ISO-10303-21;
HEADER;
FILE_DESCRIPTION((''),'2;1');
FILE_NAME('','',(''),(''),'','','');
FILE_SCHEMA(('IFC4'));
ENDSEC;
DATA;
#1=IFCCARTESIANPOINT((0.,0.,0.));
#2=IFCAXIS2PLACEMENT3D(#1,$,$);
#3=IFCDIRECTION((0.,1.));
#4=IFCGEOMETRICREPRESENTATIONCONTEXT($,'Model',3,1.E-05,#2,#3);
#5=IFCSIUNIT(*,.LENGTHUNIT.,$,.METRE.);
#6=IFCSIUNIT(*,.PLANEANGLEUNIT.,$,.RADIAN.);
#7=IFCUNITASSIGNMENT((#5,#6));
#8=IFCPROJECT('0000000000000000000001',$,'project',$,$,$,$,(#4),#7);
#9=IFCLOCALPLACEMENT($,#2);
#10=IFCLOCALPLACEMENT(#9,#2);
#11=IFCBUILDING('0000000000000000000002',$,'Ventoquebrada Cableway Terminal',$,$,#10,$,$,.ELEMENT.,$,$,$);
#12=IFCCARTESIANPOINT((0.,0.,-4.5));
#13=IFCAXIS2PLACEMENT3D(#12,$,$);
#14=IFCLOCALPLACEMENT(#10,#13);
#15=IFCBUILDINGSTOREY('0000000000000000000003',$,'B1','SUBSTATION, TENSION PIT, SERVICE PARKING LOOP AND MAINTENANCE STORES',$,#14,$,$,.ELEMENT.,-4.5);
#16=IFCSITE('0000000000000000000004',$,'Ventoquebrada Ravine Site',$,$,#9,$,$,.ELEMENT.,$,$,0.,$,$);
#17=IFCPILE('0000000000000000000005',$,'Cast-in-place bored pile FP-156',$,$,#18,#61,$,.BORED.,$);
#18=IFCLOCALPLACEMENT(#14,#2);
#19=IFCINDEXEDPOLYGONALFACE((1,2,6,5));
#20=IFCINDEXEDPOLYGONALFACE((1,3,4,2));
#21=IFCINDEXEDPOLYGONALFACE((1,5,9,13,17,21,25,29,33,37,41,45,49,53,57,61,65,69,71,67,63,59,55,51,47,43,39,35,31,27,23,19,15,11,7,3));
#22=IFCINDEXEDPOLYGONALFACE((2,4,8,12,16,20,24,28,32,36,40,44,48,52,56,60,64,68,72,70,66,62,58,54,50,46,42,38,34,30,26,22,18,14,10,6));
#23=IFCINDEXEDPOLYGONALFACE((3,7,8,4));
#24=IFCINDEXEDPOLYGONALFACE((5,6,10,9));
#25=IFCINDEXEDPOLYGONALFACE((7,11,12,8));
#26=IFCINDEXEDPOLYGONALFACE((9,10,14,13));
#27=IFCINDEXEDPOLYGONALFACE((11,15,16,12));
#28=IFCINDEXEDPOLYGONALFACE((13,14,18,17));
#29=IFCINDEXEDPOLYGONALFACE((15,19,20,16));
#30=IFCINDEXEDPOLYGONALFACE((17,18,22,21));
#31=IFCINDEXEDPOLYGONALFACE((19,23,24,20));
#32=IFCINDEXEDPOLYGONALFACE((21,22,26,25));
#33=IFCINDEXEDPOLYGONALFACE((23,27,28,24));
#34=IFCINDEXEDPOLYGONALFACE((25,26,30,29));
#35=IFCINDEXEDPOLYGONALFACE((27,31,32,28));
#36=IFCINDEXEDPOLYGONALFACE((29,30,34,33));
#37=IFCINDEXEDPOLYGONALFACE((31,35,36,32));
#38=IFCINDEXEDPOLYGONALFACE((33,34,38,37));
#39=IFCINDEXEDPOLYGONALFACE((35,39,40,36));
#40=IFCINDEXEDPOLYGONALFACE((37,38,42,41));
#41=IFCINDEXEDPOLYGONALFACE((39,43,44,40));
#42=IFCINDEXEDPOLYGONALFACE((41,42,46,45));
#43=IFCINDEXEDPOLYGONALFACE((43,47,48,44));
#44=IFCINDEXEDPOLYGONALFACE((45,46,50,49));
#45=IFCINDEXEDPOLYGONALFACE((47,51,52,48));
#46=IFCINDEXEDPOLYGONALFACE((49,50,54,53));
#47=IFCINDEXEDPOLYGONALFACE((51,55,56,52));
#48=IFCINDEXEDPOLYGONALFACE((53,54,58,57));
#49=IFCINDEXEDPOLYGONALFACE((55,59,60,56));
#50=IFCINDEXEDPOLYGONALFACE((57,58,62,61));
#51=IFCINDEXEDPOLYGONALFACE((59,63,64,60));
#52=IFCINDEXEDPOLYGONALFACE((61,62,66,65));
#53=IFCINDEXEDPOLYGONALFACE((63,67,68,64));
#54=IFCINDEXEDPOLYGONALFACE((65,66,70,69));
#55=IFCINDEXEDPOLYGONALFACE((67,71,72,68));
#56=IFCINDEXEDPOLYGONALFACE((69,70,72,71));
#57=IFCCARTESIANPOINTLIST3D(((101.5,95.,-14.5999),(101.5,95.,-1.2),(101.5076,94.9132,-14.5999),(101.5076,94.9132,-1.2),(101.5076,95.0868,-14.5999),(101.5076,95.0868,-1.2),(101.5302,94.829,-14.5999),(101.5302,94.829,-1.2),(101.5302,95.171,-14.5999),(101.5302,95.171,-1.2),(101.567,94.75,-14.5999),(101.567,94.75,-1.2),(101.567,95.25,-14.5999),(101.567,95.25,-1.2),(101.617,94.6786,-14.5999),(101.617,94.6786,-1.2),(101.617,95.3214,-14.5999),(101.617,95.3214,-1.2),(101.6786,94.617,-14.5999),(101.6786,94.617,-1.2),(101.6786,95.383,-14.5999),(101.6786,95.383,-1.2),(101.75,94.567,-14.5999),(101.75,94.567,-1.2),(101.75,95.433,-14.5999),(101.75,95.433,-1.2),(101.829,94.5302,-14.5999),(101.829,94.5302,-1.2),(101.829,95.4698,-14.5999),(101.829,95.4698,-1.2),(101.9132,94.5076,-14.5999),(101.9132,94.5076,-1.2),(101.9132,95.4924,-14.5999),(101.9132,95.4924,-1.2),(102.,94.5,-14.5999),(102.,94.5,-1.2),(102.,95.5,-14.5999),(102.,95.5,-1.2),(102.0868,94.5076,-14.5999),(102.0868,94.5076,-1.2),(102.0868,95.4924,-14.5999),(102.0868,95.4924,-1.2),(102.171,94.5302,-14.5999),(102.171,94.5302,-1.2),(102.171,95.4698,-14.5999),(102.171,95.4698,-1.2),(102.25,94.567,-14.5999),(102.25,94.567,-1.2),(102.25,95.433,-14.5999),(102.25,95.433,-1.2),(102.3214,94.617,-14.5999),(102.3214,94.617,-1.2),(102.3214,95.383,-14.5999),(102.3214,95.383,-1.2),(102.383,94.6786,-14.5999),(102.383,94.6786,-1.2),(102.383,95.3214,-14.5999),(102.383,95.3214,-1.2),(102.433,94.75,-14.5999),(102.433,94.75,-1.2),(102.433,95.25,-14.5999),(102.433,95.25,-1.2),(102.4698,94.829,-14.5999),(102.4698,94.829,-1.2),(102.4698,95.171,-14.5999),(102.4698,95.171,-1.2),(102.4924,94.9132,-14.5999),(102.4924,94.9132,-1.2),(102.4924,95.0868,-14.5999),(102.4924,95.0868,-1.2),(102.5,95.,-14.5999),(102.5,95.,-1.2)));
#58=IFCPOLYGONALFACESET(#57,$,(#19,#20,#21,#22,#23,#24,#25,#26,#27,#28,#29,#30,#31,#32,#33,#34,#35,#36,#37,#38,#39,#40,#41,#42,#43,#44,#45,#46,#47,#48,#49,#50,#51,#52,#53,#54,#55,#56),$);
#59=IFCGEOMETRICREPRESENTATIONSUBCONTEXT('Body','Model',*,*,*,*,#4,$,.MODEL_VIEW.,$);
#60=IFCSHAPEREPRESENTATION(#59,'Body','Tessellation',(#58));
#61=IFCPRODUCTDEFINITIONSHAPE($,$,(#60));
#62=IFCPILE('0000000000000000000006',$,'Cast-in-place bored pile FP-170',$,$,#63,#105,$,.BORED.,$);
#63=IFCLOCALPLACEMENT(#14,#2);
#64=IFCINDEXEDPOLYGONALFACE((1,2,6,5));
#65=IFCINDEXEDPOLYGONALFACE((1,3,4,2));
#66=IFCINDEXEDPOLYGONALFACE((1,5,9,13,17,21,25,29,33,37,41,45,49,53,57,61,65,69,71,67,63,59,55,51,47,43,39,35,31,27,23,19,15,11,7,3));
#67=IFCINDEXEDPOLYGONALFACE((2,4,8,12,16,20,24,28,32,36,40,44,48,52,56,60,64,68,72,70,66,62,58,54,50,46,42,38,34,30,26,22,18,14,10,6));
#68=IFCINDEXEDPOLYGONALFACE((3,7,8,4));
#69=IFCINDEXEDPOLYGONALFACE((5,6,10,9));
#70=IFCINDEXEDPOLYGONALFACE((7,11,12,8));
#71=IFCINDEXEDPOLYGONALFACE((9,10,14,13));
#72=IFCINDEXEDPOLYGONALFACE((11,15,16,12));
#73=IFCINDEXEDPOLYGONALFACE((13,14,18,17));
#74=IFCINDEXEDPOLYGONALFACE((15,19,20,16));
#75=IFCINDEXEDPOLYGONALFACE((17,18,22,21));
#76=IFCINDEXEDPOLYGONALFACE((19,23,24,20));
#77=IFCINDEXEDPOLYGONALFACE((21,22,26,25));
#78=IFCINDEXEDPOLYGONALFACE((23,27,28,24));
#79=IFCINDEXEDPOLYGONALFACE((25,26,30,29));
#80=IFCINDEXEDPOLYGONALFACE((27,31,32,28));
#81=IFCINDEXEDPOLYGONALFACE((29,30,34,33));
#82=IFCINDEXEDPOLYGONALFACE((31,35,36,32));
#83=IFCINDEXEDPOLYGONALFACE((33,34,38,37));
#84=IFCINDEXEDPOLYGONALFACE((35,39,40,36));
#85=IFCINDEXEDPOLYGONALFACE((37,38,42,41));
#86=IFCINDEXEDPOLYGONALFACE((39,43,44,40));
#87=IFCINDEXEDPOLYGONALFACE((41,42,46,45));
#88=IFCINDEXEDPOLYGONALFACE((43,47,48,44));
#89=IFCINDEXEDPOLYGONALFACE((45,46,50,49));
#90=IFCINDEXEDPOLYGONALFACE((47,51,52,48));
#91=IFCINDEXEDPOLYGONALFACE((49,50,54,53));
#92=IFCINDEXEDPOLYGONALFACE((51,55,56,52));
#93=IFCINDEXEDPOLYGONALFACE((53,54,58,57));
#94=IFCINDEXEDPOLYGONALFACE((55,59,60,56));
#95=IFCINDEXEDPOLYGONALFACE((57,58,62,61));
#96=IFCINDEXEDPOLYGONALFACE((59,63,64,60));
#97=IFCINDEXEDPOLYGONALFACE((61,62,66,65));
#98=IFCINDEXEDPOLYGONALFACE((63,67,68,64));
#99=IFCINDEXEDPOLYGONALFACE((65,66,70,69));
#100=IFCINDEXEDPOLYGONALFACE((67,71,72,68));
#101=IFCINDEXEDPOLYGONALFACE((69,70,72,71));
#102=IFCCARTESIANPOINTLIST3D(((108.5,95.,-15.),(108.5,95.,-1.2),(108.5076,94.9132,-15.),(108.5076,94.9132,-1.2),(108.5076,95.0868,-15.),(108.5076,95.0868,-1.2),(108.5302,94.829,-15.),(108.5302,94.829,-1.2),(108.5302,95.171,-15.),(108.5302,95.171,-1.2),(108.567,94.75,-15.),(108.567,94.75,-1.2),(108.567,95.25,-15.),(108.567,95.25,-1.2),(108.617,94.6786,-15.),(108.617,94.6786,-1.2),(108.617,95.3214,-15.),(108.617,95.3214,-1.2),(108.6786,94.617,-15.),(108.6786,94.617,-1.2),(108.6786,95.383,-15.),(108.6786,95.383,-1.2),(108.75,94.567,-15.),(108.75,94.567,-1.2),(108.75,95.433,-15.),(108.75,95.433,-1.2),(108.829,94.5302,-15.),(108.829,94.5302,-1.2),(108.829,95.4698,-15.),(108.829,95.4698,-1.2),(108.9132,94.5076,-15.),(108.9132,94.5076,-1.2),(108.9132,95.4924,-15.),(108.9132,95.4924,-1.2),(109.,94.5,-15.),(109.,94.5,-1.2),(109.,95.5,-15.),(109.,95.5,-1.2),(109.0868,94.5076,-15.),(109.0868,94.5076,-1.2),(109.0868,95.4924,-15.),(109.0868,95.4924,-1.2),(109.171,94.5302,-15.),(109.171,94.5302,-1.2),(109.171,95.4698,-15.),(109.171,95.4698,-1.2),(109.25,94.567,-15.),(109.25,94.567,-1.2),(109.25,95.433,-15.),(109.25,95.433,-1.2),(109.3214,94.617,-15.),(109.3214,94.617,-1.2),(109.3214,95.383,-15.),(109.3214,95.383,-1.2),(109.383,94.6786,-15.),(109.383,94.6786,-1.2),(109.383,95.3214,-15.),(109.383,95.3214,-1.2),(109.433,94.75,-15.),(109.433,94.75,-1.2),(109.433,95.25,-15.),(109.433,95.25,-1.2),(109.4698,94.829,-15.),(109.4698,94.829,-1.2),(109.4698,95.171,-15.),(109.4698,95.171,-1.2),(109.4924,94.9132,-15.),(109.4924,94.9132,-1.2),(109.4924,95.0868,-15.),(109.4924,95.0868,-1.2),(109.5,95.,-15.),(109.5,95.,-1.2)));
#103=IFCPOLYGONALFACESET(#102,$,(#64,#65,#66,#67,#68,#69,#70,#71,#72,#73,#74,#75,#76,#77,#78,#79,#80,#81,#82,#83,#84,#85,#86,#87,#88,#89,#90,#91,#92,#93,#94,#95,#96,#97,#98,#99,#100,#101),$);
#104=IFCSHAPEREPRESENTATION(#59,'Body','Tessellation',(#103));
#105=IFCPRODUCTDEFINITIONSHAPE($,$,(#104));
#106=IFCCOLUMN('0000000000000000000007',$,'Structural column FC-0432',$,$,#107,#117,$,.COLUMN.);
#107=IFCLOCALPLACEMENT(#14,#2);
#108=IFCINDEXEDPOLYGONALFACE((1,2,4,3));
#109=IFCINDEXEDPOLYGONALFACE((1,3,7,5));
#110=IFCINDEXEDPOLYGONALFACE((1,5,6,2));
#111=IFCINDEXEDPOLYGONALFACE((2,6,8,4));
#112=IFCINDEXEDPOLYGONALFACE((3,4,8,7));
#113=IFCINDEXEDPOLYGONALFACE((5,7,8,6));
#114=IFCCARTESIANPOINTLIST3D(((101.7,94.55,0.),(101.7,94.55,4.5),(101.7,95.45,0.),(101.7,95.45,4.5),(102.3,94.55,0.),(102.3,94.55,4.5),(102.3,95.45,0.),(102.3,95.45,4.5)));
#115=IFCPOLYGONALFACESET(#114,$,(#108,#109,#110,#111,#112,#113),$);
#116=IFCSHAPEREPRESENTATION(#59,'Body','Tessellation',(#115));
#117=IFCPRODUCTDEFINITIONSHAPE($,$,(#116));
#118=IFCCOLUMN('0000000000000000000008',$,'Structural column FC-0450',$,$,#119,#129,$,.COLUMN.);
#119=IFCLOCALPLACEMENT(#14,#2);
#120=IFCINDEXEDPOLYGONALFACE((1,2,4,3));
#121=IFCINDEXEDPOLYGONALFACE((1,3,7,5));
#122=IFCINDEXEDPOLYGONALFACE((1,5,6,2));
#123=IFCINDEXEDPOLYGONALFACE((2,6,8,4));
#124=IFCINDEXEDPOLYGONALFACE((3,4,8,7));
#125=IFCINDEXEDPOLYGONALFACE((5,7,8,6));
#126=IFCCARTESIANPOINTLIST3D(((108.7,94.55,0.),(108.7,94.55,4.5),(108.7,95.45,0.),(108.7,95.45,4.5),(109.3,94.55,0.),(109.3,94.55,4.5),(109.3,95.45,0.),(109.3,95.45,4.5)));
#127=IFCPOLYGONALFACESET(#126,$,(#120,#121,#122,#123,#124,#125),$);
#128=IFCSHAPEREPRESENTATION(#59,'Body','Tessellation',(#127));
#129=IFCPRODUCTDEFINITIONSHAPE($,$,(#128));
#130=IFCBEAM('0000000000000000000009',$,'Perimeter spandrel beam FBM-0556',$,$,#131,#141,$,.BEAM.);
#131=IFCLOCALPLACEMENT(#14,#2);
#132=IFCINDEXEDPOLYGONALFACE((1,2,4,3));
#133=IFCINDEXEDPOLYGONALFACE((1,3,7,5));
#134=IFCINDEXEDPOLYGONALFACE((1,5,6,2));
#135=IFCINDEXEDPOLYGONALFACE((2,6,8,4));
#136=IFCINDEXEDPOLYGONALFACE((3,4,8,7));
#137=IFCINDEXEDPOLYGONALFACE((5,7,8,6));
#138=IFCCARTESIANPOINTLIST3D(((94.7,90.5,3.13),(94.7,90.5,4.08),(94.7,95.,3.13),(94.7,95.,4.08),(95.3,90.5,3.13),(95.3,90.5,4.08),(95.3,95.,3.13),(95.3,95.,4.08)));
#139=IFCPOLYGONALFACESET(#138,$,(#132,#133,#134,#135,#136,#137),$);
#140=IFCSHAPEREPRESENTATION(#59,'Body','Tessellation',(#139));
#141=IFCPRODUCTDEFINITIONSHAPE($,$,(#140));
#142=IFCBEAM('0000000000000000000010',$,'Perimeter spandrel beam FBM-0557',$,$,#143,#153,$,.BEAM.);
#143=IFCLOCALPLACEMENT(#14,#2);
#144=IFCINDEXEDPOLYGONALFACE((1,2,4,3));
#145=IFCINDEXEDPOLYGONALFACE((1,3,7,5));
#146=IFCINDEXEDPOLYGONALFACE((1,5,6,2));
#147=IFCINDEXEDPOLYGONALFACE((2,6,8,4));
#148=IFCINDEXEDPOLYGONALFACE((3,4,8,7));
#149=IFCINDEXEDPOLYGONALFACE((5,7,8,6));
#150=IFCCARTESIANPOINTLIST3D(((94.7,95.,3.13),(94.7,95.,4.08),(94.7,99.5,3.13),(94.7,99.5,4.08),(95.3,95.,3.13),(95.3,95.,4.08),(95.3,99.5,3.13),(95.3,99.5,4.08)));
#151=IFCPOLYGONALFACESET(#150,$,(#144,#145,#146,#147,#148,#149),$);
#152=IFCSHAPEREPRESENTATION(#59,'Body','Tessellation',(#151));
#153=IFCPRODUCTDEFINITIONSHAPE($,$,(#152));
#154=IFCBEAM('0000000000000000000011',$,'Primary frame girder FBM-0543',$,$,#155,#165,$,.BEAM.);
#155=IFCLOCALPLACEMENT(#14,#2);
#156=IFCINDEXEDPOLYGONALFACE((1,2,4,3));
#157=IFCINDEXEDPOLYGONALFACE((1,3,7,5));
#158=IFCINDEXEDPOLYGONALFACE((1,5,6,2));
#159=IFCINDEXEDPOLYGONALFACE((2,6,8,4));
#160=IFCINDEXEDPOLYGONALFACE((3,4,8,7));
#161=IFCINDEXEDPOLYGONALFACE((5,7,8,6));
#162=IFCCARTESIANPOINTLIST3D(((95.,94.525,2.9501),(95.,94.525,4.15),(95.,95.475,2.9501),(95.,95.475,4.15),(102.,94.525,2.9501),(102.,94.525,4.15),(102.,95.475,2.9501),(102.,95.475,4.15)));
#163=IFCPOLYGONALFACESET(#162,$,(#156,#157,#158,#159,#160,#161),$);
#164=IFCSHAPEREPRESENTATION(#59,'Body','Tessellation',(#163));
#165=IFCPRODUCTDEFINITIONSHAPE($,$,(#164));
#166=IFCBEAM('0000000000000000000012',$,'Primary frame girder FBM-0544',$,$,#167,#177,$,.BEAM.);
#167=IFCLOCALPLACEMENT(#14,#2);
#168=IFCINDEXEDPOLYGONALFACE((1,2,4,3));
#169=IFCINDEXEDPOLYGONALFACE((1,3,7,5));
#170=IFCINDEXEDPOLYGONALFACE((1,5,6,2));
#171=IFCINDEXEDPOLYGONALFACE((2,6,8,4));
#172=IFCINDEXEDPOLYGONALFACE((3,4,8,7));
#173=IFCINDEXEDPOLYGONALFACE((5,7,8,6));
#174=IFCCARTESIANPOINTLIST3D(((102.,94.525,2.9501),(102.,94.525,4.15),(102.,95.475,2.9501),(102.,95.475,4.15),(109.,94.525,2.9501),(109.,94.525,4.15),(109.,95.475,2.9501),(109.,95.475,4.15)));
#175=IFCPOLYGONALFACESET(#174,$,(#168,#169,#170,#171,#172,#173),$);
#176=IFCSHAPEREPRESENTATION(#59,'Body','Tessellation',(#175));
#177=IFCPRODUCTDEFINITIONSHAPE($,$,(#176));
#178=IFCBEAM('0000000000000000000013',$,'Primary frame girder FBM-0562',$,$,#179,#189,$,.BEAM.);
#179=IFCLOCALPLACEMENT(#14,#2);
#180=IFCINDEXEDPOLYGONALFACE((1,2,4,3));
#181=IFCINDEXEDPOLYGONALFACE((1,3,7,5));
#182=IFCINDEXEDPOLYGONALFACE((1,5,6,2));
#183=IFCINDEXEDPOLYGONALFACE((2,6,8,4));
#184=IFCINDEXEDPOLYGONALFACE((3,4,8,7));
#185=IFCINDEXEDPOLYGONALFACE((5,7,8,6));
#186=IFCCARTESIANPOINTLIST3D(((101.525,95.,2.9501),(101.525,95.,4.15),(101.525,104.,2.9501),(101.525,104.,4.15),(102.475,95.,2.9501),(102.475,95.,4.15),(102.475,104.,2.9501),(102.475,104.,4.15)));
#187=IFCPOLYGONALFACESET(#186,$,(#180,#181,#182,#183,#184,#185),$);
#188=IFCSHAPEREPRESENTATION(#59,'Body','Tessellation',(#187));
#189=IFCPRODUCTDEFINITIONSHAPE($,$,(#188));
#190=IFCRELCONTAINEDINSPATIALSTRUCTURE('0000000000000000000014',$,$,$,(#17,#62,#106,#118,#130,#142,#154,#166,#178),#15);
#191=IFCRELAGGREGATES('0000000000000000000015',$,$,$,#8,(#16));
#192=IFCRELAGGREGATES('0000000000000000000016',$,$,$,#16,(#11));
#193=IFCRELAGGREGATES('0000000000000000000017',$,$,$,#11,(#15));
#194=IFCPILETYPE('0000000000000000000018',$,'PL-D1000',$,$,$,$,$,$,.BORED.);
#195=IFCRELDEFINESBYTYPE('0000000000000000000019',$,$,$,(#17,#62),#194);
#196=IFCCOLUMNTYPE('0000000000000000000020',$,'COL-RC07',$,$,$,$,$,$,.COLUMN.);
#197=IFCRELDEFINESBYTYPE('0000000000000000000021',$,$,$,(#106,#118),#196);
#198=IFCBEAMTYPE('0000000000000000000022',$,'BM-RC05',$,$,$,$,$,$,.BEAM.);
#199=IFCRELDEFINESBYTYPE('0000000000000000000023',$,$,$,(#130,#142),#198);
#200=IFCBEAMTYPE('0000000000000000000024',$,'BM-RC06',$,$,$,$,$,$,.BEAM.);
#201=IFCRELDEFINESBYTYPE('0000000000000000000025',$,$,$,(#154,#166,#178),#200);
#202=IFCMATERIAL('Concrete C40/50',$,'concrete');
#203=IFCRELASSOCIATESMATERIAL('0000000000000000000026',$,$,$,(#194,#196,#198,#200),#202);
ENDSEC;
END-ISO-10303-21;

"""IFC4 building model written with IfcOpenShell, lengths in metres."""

from ifc_helpers import new_model, si_unit, direction, frame, origin, origin_2d, place, context, subcontext, project, spatial, rectangle, circle, extrude, material, material_profile, profile_set, type_object, element, save


model = new_model("IFC4")

# Units and contexts
model_context = context("Model", 3, precision=1e-05, world=origin(), true_north=direction((0.0, 1.0)))
body_context = subcontext(model_context, "Body", "Model", "MODEL_VIEW")
ifc_project = project(units=[si_unit("LENGTHUNIT", "METRE"), si_unit("PLANEANGLEUNIT", "RADIAN")], contexts=[model_context])

# Site, building, storey
site_placement = place(None, origin())
site = spatial("IfcSite", under=ifc_project, at=site_placement, Name="Ventoquebrada Ravine Site", CompositionType="ELEMENT", RefElevation=0.0)
building_placement = place(site_placement, origin())
building = spatial("IfcBuilding", under=site, at=building_placement, Name="Ventoquebrada Cableway Terminal", CompositionType="ELEMENT")
storey_placement = place(building_placement, frame((0.0, 0.0, -4.5)))
storey = spatial("IfcBuildingStorey", under=building, at=storey_placement, Name="B1", Description="SUBSTATION, TENSION PIT, SERVICE PARKING LOOP AND MAINTENANCE STORES", CompositionType="ELEMENT", Elevation=-4.5)

# Shared definitions
ifc_material_1 = material(Name="Concrete C40/50", Category="concrete")

# Piles
ifc_material_profile_1 = material_profile(ifc_material_1, circle(Radius=0.5, at=origin_2d()), Name="PILE-D1000")
ifc_profile_set_1 = profile_set([ifc_material_profile_1], Name="Concrete C40/50")
pile_type = type_object("IfcPileType", Name="PL-D1000", PredefinedType="BORED", material=ifc_profile_set_1)
pile_1_placement = place(storey_placement, frame((102.0, 95.0, -1.2), z_axis=(0.0, 0.0, -1.0), x_axis=(1.0, 0.0, 0.0)))
element("IfcPile", 1, at=pile_1_placement, inside=storey, type_object=pile_type, Name="Cast-in-place bored pile FP-156", PredefinedType="BORED", context=body_context, shape_type="SweptSolid", body=[
    extrude(circle(Radius=0.5, at=origin_2d()), origin(), (0.0, 0.0, 1.0), 13.3999),
])
pile_2_placement = place(storey_placement, frame((109.0, 95.0, -1.2), z_axis=(0.0, 0.0, -1.0), x_axis=(1.0, 0.0, 0.0)))
element("IfcPile", 2, at=pile_2_placement, inside=storey, type_object=pile_type, Name="Cast-in-place bored pile FP-170", PredefinedType="BORED", context=body_context, shape_type="SweptSolid", body=[
    extrude(circle(Radius=0.5, at=origin_2d()), origin(), (0.0, 0.0, 1.0), 13.8),
])

# Columns
ifc_material_profile_2 = material_profile(ifc_material_1, rectangle(XDim=0.6001, YDim=0.8999, at=origin_2d()), Name="RC-COL-900X600")
ifc_profile_set_2 = profile_set([ifc_material_profile_2], Name="Concrete C40/50")
column_type = type_object("IfcColumnType", Name="COL-RC07", PredefinedType="COLUMN", material=ifc_profile_set_2)
for number, where, z_axis, x_axis, name in (
    (3, (102.0, 95.0, 0.0), (0.0, 0.0, 1.0), (1.0, 0.0, 0.0), "Structural column FC-0432"),
    (4, (109.0, 95.0, 0.0), (0.0, 0.0, 1.0), (1.0, 0.0, 0.0), "Structural column FC-0450"),
):
    element("IfcColumn", number, at=place(storey_placement, frame(where, z_axis=z_axis, x_axis=x_axis)), inside=storey, type_object=column_type, Name=name, PredefinedType="COLUMN", context=body_context, shape_type="SweptSolid", body=[
        extrude(rectangle(XDim=0.6001, YDim=0.8999, at=origin_2d()), origin(), (0.0, 0.0, 1.0), 4.5),
    ])

# Beams
ifc_material_profile_3 = material_profile(ifc_material_1, rectangle(XDim=0.6001, YDim=0.95, at=origin_2d()), Name="RC-BM-600X950")
ifc_profile_set_3 = profile_set([ifc_material_profile_3], Name="Concrete C40/50")
beam_type_1 = type_object("IfcBeamType", Name="BM-RC05", PredefinedType="BEAM", material=ifc_profile_set_3)
for number, where, z_axis, x_axis, name in (
    (5, (95.0, 90.5, 3.605), (0.0, 1.0, 0.0), (-1.0, 0.0, 0.0), "Perimeter spandrel beam FBM-0556"),
    (6, (95.0, 95.0, 3.605), (0.0, 1.0, 0.0), (-1.0, 0.0, 0.0), "Perimeter spandrel beam FBM-0557"),
):
    element("IfcBeam", number, at=place(storey_placement, frame(where, z_axis=z_axis, x_axis=x_axis)), inside=storey, type_object=beam_type_1, Name=name, PredefinedType="BEAM", context=body_context, shape_type="SweptSolid", body=[
        extrude(rectangle(XDim=0.6001, YDim=0.95, at=origin_2d()), origin(), (0.0, 0.0, 1.0), 4.5),
    ])
ifc_material_profile_4 = material_profile(ifc_material_1, rectangle(XDim=0.95, YDim=1.2, at=origin_2d()), Name="RC-BM-950X1200")
ifc_profile_set_4 = profile_set([ifc_material_profile_4], Name="Concrete C40/50")
beam_type_2 = type_object("IfcBeamType", Name="BM-RC06", PredefinedType="BEAM", material=ifc_profile_set_4)
for number, where, z_axis, x_axis, name in (
    (7, (95.0, 95.0, 3.55), (1.0, 0.0, 0.0), (0.0, 1.0, 0.0), "Primary frame girder FBM-0543"),
    (8, (102.0, 95.0, 3.55), (1.0, 0.0, 0.0), (0.0, 1.0, 0.0), "Primary frame girder FBM-0544"),
):
    element("IfcBeam", number, at=place(storey_placement, frame(where, z_axis=z_axis, x_axis=x_axis)), inside=storey, type_object=beam_type_2, Name=name, PredefinedType="BEAM", context=body_context, shape_type="SweptSolid", body=[
        extrude(rectangle(XDim=0.95, YDim=1.2, at=origin_2d()), origin(), (0.0, 0.0, 1.0), 7.0),
    ])
beam_placement = place(storey_placement, frame((102.0, 95.0, 3.55), z_axis=(0.0, 1.0, 0.0), x_axis=(-1.0, 0.0, 0.0)))
element("IfcBeam", 9, at=beam_placement, inside=storey, type_object=beam_type_2, Name="Primary frame girder FBM-0562", PredefinedType="BEAM", context=body_context, shape_type="SweptSolid", body=[
    extrude(rectangle(XDim=0.95, YDim=1.2, at=origin_2d()), origin(), (0.0, 0.0, 1.0), 9.0),
])

save(model, "model.ifc")
